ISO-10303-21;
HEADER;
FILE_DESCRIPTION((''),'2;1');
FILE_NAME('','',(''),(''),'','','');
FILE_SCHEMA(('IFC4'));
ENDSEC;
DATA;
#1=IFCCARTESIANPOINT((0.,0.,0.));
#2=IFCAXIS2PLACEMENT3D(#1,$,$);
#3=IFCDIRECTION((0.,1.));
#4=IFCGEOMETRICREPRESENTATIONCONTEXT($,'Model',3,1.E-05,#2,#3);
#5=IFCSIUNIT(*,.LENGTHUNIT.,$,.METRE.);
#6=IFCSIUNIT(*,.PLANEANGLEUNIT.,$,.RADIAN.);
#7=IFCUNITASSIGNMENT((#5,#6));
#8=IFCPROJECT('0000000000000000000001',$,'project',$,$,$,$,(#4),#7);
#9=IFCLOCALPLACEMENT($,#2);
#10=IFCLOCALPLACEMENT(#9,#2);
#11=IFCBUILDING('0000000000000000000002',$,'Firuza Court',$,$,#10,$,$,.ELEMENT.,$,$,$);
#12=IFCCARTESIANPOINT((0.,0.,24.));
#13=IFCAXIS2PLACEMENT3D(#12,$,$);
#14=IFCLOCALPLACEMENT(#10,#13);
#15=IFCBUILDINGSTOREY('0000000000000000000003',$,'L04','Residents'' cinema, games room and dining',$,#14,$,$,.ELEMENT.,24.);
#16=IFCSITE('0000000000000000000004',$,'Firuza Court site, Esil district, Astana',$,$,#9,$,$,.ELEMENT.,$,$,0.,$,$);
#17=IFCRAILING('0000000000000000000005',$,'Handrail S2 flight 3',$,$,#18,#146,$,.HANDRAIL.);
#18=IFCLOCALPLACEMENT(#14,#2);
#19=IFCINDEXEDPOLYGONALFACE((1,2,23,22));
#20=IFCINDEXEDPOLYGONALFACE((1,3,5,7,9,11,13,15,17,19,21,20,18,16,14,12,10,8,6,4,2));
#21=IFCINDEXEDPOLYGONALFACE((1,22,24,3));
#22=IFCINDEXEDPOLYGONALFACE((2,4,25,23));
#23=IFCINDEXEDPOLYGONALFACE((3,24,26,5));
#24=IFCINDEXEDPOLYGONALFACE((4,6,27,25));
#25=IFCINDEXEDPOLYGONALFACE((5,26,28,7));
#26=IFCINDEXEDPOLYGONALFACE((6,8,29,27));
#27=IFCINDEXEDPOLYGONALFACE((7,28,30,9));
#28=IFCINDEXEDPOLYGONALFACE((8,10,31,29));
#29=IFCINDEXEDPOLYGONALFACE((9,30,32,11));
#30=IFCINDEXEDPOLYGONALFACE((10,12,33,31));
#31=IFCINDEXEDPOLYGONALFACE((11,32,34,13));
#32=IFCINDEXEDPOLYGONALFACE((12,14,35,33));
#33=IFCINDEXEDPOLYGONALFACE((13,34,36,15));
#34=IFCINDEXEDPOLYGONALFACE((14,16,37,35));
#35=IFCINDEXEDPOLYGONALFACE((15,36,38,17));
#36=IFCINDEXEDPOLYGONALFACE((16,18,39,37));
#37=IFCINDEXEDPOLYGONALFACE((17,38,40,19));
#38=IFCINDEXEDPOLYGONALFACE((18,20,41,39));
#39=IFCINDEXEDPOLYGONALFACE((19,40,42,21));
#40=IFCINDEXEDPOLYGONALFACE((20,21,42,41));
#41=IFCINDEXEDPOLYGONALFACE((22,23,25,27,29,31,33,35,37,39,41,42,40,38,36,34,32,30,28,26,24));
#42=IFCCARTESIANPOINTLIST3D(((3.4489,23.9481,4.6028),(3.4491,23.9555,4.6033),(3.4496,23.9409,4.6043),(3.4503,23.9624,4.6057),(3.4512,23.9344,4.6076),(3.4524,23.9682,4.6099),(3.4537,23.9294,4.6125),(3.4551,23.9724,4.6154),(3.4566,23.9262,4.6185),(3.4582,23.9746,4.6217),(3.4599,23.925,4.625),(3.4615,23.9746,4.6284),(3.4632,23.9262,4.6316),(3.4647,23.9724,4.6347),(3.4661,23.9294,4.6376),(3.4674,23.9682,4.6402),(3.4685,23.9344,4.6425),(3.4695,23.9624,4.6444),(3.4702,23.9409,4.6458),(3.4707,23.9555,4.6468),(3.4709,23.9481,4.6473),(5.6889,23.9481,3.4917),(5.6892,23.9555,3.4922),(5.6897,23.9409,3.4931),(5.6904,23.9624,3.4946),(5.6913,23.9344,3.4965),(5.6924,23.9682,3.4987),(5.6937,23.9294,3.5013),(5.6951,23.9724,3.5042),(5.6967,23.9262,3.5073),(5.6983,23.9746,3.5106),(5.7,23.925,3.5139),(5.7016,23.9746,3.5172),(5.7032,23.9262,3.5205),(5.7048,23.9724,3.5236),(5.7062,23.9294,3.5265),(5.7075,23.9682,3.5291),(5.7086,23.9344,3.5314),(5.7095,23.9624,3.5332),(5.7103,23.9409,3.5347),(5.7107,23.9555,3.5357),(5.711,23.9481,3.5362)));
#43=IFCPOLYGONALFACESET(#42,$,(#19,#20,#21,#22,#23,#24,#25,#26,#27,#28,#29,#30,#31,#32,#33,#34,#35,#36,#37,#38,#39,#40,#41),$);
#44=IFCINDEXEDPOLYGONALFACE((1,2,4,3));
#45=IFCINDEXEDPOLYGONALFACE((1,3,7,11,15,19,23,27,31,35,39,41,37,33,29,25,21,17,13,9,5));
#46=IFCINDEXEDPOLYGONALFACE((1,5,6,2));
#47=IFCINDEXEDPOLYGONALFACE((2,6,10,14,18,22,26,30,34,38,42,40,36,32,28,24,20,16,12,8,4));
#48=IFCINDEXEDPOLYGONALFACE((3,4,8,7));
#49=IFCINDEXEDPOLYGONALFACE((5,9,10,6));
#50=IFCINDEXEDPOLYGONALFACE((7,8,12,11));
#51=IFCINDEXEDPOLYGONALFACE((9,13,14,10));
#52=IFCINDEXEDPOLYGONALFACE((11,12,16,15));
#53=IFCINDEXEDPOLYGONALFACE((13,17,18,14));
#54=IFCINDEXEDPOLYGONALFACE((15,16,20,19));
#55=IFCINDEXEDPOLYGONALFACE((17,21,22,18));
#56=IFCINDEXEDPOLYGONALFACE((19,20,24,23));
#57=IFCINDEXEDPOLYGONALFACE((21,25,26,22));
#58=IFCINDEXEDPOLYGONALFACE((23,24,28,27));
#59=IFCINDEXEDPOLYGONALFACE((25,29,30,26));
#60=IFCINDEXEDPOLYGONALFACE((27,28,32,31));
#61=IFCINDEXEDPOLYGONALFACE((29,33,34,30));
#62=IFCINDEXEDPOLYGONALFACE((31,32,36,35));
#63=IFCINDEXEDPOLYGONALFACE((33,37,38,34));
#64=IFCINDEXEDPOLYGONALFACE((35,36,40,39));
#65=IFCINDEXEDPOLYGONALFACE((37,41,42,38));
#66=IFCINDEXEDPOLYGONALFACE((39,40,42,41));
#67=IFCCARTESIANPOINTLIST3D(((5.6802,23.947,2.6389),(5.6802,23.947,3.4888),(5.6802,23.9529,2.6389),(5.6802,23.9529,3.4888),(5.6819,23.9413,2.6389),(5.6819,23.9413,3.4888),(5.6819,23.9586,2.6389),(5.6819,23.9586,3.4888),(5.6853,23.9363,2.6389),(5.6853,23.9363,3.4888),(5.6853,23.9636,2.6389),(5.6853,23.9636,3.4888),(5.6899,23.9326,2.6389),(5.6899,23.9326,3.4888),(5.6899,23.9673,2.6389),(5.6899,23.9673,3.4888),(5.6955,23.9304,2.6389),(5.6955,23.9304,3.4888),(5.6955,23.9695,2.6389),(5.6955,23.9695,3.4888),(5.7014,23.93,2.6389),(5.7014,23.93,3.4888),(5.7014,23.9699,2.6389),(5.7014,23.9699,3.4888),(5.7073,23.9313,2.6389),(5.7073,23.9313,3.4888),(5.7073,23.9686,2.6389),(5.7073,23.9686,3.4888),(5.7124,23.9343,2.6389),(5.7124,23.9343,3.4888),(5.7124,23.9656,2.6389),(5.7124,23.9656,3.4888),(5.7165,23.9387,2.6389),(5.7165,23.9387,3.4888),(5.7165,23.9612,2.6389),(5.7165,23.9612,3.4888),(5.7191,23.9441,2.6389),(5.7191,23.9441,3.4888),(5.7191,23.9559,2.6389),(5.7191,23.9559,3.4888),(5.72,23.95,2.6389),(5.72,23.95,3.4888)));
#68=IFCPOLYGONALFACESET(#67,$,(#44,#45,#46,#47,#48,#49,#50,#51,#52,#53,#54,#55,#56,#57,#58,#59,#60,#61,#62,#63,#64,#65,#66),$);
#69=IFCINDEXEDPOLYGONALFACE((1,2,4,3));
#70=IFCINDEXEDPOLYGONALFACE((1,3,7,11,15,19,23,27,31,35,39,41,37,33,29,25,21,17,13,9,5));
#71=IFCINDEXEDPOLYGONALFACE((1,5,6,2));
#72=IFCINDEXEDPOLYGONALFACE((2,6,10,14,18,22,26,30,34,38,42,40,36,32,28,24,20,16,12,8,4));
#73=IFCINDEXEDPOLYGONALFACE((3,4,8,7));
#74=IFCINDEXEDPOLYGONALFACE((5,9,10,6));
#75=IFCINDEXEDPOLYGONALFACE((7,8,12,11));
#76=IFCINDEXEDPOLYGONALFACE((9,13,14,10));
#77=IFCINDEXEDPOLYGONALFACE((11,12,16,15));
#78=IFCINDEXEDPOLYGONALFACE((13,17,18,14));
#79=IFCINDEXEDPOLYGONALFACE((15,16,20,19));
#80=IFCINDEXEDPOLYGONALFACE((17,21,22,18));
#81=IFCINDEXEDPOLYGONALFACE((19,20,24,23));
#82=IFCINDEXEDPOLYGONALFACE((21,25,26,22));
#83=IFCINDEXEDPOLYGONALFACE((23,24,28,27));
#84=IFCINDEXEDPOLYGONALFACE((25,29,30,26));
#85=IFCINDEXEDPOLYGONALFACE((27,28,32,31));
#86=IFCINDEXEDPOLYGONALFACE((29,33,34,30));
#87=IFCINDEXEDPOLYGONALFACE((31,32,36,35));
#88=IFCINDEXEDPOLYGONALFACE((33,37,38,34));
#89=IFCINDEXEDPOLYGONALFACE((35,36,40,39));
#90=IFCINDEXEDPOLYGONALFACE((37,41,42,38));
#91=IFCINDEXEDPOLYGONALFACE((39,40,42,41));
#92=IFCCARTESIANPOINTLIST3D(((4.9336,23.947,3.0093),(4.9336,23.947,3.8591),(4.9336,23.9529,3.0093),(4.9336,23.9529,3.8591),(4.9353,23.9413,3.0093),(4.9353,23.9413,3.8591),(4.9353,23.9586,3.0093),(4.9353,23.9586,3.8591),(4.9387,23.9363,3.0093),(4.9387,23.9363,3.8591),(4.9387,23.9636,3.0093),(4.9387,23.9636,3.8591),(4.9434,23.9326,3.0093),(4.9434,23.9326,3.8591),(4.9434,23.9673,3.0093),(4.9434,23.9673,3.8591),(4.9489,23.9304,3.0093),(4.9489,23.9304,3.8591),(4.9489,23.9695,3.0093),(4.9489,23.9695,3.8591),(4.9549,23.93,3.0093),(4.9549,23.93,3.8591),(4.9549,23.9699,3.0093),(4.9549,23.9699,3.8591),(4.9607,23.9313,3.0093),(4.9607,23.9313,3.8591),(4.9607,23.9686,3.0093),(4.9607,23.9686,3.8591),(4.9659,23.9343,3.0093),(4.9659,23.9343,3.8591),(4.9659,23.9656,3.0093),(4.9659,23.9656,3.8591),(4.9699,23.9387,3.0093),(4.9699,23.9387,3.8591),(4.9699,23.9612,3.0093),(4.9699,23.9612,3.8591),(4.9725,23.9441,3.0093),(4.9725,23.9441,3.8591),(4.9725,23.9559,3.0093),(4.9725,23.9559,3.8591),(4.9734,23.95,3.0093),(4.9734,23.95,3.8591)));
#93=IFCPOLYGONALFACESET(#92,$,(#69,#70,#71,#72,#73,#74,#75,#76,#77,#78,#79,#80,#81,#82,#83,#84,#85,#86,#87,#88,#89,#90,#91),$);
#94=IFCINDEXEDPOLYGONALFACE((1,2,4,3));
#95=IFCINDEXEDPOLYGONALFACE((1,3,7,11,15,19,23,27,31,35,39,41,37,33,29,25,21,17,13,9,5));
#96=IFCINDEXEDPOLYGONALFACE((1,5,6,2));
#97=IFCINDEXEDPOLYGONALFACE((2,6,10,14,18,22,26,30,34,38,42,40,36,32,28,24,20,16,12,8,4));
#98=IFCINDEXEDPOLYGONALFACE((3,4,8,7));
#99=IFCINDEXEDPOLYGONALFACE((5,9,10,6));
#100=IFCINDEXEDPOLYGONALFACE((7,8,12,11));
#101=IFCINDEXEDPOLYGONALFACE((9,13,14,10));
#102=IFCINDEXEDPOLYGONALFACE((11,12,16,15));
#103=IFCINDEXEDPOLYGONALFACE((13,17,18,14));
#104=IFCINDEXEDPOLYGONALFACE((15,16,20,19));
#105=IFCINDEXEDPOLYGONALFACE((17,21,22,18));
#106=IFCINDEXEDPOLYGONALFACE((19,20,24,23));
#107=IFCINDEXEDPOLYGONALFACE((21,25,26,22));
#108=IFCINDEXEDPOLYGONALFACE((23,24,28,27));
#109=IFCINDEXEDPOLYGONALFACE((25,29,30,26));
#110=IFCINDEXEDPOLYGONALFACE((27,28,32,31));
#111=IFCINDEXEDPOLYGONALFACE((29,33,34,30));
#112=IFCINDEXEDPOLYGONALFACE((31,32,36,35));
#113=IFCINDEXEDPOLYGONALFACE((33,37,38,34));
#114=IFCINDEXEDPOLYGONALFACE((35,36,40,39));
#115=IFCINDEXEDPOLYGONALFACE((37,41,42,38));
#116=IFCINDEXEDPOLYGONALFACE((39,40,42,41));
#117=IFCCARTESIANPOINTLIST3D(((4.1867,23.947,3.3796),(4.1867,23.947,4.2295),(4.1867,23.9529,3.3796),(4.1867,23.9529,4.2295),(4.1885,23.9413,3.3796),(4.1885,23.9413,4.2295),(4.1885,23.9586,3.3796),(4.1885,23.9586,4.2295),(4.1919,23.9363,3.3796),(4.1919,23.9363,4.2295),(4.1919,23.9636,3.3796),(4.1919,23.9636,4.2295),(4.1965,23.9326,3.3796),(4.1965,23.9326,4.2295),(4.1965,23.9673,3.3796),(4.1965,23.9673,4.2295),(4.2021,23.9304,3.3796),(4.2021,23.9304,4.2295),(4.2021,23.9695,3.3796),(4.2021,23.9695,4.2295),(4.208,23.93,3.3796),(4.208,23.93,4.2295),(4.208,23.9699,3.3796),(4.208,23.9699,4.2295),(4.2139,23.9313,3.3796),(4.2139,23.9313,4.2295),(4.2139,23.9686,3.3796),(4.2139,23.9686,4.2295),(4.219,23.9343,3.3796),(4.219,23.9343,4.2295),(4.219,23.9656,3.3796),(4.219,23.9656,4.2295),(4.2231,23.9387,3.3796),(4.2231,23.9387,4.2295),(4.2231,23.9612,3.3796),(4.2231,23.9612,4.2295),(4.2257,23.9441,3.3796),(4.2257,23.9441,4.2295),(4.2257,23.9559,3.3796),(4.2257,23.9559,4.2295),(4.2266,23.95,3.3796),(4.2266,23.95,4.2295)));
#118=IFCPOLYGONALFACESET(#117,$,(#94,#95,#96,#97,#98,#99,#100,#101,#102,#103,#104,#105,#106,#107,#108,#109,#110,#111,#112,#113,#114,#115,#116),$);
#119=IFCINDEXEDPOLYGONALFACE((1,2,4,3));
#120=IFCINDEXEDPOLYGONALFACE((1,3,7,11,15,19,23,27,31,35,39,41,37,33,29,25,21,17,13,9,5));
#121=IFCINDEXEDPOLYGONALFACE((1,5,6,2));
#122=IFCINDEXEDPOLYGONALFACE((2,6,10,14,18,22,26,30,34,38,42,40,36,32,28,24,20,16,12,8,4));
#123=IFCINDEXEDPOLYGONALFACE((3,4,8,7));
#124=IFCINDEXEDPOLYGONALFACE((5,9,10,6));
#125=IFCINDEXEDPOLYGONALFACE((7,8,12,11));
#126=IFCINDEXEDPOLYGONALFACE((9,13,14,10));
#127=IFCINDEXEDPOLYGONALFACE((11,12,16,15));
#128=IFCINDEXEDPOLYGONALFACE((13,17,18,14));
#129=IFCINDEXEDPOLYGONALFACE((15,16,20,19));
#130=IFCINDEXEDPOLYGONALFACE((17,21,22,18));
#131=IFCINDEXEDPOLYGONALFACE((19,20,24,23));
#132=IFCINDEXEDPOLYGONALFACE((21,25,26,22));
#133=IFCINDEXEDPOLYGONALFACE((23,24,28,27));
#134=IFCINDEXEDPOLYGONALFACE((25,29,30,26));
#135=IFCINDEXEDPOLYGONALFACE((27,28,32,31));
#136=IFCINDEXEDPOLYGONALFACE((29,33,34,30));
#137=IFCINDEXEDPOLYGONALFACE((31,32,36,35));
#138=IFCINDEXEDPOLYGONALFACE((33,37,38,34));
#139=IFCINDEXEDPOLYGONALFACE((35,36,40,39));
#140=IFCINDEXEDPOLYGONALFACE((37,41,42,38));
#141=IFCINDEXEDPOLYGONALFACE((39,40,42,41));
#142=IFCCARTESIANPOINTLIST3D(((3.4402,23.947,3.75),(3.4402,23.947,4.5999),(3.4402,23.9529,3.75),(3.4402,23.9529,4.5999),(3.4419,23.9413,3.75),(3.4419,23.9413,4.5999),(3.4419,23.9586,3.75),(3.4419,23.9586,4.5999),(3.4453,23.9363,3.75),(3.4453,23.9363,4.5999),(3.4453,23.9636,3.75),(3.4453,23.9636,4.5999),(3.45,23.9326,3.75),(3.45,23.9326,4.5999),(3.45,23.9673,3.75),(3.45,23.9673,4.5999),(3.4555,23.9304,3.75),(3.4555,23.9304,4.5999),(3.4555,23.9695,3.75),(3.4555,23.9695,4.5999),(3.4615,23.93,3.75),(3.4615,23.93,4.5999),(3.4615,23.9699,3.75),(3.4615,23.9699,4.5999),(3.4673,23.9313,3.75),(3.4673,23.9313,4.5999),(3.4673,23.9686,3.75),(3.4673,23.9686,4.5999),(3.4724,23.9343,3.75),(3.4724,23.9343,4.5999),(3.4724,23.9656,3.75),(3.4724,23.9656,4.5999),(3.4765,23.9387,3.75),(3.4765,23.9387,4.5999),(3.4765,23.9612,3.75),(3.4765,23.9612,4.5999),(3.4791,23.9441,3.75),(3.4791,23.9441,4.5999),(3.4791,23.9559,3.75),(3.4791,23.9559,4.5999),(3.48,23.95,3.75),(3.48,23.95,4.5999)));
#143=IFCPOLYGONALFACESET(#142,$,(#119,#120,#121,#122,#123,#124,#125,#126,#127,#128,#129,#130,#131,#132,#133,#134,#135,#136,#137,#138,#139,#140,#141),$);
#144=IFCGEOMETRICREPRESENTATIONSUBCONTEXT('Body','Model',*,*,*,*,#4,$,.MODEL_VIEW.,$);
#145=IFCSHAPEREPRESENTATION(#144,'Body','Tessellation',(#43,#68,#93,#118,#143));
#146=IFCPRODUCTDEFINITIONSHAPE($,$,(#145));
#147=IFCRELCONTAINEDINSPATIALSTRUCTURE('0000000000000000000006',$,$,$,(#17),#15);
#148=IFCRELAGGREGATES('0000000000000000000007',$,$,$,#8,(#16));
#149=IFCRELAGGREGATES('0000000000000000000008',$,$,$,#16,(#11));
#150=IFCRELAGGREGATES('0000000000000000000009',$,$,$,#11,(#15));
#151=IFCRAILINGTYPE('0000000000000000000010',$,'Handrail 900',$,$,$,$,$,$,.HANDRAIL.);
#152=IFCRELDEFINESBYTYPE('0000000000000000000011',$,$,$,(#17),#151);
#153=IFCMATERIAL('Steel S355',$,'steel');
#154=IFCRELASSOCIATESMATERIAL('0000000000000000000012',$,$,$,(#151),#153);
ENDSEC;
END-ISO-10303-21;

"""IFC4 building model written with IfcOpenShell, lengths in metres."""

from ifc_helpers import new_model, si_unit, direction, frame, origin, origin_2d, place, context, subcontext, project, spatial, circle, extrude, material, type_object, element, save


model = new_model("IFC4")

# Units and contexts
model_context = context("Model", 3, precision=1e-05, world=origin(), true_north=direction((0.0, 1.0)))
body_context = subcontext(model_context, "Body", "Model", "MODEL_VIEW")
ifc_project = project(units=[si_unit("LENGTHUNIT", "METRE"), si_unit("PLANEANGLEUNIT", "RADIAN")], contexts=[model_context])

# Site, building, storey
site_placement = place(None, origin())
site = spatial("IfcSite", under=ifc_project, at=site_placement, Name="Firuza Court site, Esil district, Astana", CompositionType="ELEMENT", RefElevation=0.0)
building_placement = place(site_placement, origin())
building = spatial("IfcBuilding", under=site, at=building_placement, Name="Firuza Court", CompositionType="ELEMENT")
storey_placement = place(building_placement, frame((0.0, 0.0, 24.0)))
storey = spatial("IfcBuildingStorey", under=building, at=storey_placement, Name="L04", Description="Residents' cinema, games room and dining", CompositionType="ELEMENT", Elevation=24.0)

# Railing
ifc_material_1 = material(Name="Steel S355", Category="steel")
railing_type_1 = type_object("IfcRailingType", Name="Handrail 900", PredefinedType="HANDRAIL", material=ifc_material_1)
for number, where, name in (
    (1, (5.7, 23.95, 2.6389), "Handrail S2 flight 3"),
):
    element("IfcRailing", number, at=place(storey_placement, frame(where)), inside=storey, type_object=railing_type_1, Name=name, PredefinedType="HANDRAIL", context=body_context, shape_type="SweptSolid", body=[
        extrude(circle(Radius=0.0249, at=origin_2d()), frame((0.0, 0.0, 0.875), z_axis=(-0.895848, 0.0, 0.44436), x_axis=(0.0, -1.0, 0.0)), (0.0, 0.0, 1.0), 2.5005),
        extrude(circle(Radius=0.02, at=origin_2d()), origin(), (0.0, 0.0, 1.0), 0.8499),
        extrude(circle(Radius=0.02, at=origin_2d()), frame((-0.7466, 0.0, 0.3704)), (0.0, 0.0, 1.0), 0.8499),
        extrude(circle(Radius=0.02, at=origin_2d()), frame((-1.4934, 0.0, 0.7407)), (0.0, 0.0, 1.0), 0.8499),
        extrude(circle(Radius=0.02, at=origin_2d()), frame((-2.24, 0.0, 1.1111)), (0.0, 0.0, 1.0), 0.8499),
    ])

save(model, "model.ifc")
